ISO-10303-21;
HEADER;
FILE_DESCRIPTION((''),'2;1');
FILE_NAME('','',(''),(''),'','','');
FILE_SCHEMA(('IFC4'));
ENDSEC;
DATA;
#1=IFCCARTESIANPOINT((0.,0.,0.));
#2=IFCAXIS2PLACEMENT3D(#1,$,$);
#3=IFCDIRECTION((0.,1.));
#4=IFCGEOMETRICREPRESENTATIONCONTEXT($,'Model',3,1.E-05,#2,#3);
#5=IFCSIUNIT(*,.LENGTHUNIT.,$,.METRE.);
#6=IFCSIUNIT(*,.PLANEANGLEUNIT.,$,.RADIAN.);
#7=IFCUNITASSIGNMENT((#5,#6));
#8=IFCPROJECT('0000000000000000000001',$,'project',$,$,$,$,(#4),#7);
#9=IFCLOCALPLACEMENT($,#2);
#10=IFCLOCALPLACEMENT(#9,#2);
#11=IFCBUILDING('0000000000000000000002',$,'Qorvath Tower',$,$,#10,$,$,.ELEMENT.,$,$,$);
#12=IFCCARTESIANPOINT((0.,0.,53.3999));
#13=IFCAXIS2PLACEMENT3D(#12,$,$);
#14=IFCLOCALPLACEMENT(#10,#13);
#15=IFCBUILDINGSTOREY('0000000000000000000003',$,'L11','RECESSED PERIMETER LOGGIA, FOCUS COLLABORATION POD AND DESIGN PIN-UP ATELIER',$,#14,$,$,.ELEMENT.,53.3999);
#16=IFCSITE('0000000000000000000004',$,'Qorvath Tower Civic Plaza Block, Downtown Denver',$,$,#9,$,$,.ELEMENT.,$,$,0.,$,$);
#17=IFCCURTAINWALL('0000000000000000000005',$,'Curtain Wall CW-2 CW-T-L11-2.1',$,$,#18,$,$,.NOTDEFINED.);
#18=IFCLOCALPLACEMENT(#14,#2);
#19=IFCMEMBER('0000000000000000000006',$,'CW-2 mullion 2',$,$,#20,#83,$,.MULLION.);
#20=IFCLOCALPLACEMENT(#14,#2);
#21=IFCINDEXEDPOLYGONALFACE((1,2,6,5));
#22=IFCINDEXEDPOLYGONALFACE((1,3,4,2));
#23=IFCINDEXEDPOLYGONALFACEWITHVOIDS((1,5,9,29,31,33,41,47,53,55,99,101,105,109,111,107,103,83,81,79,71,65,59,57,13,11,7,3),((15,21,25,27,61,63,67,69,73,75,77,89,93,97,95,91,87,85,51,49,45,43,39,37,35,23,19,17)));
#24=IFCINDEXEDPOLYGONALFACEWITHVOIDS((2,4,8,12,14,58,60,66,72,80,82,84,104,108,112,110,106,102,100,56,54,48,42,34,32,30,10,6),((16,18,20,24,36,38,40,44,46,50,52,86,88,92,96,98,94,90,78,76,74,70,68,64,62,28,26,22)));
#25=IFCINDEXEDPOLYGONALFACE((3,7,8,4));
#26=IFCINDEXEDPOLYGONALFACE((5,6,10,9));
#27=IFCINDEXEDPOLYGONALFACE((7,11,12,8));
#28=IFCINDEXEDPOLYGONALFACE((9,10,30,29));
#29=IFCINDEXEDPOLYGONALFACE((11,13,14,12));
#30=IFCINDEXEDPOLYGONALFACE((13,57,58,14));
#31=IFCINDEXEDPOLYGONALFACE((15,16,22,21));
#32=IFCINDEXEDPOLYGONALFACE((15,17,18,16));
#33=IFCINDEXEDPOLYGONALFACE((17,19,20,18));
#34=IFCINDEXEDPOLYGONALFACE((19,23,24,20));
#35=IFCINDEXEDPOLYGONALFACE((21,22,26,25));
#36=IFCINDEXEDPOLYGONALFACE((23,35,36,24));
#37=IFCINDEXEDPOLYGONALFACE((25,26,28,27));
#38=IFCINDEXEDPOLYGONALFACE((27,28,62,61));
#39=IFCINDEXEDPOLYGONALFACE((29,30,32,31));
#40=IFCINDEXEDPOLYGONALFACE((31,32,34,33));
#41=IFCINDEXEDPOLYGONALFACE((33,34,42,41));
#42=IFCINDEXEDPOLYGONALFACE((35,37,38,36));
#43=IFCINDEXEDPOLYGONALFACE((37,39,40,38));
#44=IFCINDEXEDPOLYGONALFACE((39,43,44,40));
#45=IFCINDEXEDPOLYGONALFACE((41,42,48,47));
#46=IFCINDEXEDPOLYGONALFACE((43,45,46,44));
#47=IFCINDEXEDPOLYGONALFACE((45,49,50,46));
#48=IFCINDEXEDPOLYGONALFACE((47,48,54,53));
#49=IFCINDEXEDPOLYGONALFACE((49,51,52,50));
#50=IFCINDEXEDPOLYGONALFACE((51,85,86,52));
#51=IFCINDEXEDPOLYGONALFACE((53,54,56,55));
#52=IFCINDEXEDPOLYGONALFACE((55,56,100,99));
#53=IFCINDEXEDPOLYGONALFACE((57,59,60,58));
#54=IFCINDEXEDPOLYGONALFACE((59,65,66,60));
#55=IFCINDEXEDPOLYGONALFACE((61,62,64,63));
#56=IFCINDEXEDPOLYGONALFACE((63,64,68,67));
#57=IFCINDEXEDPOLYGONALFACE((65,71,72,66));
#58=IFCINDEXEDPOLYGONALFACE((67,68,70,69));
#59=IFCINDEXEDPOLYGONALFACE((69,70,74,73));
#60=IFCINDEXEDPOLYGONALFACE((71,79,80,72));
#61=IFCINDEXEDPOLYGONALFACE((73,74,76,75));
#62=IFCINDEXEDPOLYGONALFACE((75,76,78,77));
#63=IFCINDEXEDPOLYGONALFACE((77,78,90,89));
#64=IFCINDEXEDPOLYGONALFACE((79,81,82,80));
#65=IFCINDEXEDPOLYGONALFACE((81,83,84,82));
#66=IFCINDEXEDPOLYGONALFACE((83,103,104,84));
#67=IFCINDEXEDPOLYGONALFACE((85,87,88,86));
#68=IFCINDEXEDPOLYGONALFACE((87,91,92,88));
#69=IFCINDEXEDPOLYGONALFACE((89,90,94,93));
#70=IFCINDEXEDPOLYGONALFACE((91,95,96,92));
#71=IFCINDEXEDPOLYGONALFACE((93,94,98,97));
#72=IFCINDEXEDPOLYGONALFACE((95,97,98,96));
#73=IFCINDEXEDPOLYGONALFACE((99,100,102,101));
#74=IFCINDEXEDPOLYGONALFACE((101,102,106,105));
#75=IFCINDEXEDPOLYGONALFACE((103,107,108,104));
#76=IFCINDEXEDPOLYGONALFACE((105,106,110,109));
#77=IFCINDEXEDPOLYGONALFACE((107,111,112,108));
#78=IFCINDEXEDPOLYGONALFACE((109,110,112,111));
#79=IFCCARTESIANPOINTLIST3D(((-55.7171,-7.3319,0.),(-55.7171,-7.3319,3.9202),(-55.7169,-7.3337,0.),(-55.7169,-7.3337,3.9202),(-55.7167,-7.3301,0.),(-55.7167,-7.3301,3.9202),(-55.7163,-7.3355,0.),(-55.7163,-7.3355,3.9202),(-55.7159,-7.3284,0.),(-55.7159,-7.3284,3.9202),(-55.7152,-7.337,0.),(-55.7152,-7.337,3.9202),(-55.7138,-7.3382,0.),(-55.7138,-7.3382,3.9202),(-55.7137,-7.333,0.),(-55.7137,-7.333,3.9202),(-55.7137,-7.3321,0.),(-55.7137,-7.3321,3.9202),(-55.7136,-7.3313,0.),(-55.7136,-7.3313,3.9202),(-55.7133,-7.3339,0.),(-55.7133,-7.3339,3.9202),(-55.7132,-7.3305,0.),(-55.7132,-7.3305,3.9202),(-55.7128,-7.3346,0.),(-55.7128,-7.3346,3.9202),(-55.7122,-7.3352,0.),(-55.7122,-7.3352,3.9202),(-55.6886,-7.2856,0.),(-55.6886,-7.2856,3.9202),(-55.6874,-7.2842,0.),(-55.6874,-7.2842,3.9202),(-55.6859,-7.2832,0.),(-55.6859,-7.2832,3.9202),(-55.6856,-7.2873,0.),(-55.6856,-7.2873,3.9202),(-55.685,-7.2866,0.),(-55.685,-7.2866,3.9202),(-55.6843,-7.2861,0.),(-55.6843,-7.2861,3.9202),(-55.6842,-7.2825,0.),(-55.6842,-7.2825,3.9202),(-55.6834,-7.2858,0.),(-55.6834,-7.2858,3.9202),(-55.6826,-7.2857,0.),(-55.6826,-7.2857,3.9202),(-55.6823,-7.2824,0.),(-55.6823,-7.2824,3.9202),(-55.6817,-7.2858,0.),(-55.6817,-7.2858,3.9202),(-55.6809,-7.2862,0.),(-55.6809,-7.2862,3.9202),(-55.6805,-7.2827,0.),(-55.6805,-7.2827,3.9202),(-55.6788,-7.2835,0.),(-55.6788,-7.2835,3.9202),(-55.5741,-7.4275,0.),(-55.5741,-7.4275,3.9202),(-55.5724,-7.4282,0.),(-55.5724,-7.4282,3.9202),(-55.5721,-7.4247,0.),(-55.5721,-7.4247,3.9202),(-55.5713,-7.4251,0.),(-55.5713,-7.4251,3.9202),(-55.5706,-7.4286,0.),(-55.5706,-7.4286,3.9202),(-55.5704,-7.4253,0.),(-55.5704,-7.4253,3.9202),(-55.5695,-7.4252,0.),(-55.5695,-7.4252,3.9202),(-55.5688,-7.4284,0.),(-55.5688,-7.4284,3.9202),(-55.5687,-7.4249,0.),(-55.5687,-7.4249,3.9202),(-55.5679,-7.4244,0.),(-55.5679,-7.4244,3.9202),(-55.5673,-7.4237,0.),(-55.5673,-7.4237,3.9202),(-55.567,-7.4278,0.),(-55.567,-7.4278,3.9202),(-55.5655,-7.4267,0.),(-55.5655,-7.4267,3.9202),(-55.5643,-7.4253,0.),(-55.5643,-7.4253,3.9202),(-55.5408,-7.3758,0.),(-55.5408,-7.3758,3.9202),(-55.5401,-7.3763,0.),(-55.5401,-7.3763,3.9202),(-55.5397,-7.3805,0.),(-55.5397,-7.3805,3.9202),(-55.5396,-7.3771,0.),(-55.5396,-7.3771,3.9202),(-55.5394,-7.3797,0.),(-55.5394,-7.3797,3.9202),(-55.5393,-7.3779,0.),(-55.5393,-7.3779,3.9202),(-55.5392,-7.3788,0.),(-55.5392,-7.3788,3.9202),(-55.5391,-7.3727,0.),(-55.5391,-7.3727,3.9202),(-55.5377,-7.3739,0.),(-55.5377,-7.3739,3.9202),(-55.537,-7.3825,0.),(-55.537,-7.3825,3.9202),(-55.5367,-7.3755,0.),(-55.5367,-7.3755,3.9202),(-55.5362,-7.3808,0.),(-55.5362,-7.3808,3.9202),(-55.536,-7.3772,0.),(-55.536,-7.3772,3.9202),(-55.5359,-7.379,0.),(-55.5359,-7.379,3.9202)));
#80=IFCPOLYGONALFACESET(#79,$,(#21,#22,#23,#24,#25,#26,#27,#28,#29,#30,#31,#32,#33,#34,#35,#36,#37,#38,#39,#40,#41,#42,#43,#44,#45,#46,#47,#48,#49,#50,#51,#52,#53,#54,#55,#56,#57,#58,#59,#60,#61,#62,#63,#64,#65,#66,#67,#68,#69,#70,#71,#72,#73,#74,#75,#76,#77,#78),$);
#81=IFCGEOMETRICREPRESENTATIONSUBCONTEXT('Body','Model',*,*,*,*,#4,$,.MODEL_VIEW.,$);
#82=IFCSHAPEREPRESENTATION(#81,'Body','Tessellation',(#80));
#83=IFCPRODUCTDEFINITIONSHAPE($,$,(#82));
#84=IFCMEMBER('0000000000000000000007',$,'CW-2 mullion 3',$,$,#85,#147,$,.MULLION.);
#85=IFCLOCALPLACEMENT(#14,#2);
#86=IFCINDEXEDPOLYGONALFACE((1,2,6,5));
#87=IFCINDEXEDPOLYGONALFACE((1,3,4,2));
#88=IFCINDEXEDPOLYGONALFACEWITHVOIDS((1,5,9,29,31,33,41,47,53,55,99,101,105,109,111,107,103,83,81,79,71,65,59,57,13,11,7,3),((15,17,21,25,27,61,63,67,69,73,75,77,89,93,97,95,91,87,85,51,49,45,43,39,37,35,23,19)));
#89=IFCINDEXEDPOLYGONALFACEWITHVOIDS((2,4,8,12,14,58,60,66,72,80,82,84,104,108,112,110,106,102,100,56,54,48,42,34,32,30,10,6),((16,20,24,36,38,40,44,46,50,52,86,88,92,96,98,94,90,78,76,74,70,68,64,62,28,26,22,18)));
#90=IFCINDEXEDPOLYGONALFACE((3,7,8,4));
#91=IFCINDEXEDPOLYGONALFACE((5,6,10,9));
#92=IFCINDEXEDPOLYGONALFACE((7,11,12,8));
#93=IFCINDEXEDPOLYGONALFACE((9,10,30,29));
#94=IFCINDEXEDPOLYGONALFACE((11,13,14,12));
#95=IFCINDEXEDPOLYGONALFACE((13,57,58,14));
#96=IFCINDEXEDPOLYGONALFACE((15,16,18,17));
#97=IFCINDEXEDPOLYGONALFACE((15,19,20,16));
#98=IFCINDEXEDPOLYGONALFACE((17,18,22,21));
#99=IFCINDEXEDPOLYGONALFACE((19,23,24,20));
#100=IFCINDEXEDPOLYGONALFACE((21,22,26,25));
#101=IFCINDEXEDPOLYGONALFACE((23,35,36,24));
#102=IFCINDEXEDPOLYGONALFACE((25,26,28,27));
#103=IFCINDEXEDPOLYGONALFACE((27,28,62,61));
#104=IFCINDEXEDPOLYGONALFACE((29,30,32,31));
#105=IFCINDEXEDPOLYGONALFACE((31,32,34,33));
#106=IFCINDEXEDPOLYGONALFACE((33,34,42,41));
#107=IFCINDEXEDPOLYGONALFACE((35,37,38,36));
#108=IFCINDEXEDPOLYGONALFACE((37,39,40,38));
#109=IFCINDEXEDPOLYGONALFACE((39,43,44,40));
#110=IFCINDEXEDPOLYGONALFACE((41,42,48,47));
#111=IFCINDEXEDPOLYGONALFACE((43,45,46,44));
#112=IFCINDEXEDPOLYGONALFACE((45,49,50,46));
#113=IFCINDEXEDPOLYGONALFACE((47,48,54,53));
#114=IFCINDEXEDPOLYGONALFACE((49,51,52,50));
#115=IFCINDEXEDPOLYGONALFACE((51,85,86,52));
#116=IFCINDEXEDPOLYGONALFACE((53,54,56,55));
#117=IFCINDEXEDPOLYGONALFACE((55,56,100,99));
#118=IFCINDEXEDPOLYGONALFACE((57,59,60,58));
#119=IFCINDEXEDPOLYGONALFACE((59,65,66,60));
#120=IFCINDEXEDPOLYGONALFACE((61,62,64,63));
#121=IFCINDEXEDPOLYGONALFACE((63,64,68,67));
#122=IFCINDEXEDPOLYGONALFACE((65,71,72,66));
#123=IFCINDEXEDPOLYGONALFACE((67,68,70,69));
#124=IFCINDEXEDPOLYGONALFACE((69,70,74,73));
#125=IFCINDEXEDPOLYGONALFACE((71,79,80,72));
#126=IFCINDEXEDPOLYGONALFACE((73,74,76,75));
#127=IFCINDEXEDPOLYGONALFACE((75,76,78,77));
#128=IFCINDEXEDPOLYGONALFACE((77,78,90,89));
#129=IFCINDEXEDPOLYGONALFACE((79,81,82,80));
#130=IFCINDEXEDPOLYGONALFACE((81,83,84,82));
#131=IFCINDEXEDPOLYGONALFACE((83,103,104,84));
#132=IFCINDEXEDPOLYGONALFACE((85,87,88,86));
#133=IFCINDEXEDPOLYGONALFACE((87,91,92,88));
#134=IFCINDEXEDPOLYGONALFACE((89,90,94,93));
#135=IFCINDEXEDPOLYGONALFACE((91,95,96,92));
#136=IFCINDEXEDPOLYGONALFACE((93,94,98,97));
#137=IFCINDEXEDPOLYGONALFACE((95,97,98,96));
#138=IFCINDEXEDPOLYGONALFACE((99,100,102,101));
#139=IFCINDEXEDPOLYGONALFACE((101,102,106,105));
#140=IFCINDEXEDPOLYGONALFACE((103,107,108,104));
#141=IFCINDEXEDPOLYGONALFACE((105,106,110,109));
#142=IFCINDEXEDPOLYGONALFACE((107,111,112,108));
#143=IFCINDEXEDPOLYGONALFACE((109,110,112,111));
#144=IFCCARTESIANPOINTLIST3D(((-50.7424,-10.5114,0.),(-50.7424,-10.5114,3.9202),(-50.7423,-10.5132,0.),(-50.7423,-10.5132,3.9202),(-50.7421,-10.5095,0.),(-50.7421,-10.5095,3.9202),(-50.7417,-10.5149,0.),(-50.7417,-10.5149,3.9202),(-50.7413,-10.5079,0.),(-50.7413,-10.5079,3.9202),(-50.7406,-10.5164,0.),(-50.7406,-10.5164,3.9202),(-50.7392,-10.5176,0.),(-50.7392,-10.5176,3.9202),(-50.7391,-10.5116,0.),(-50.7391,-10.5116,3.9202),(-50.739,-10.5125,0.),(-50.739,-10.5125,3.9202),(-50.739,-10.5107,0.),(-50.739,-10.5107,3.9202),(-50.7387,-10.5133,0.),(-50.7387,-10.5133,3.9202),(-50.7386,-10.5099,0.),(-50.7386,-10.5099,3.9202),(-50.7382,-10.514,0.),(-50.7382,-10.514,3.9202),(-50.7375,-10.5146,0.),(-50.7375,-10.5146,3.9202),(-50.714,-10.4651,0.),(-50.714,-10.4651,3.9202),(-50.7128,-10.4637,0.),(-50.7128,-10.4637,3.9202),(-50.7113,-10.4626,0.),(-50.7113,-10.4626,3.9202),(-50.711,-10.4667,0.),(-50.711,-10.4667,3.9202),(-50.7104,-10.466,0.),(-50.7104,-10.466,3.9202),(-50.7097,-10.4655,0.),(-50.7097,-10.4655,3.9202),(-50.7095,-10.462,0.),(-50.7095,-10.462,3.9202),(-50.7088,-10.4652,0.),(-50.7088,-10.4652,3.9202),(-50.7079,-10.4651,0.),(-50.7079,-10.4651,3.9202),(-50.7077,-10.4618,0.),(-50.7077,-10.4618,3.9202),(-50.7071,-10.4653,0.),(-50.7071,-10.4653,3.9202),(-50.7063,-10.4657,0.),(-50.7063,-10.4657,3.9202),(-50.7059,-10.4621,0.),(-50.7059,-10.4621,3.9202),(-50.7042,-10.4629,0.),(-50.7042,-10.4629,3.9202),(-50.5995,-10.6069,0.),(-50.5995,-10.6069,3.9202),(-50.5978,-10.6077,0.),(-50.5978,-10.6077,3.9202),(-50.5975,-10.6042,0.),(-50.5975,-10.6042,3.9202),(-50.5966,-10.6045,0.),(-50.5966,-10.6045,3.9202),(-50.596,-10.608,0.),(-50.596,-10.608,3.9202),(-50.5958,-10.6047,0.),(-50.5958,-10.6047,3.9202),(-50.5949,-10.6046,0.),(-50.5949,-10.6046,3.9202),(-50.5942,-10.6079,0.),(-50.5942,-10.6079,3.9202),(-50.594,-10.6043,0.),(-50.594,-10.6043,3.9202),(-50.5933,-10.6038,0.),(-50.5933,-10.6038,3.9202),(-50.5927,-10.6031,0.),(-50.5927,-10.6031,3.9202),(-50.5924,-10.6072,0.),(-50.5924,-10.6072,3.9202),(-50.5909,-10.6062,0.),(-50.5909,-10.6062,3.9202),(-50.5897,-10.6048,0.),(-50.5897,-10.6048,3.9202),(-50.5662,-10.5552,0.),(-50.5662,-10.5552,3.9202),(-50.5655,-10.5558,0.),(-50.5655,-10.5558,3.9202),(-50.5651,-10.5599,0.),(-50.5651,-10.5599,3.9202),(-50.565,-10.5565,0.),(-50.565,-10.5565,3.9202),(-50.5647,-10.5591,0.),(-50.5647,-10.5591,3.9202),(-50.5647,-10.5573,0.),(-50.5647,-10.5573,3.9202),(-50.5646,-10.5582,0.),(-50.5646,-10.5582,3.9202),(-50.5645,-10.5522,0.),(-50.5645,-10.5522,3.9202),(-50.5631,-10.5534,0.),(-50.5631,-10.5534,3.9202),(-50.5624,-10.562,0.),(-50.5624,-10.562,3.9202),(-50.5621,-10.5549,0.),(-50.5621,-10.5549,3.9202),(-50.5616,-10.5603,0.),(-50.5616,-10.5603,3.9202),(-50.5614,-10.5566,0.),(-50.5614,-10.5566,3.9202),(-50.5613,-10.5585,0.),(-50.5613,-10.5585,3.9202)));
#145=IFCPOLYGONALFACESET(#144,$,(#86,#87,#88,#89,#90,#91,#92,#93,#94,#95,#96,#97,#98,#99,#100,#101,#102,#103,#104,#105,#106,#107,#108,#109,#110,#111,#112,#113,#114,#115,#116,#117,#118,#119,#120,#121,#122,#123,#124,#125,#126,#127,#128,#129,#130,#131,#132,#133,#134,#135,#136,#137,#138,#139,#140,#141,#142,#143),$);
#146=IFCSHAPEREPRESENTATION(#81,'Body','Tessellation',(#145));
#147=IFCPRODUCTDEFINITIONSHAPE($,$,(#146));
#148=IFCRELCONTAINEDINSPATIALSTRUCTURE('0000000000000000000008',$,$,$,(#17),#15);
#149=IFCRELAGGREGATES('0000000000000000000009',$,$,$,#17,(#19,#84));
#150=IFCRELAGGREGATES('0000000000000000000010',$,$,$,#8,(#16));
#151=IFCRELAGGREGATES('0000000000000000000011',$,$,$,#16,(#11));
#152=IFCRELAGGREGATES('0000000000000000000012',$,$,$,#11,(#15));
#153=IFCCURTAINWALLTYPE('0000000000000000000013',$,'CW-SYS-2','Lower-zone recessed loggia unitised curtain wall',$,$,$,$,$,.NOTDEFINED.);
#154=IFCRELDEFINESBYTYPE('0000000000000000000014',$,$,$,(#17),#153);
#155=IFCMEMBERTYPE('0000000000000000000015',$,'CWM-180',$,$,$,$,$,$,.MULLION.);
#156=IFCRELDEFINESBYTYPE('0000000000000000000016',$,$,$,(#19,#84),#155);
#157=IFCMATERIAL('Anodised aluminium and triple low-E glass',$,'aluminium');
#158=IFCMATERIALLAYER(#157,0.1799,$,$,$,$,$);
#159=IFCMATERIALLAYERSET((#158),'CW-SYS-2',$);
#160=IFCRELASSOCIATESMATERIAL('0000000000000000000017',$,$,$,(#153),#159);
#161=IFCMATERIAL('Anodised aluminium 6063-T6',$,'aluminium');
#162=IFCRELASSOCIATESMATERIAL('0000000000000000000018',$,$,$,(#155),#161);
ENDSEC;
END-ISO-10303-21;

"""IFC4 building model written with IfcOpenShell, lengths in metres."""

from ifc_helpers import new_model, si_unit, direction, frame, origin, origin_2d, place, context, subcontext, project, spatial, hollow_rectangle, extrude, material, layer, layer_set, material_profile, profile_set, type_object, element, aggregate, save


model = new_model("IFC4")

# Units and contexts
model_context = context("Model", 3, precision=1e-05, world=origin(), true_north=direction((0.0, 1.0)))
body_context = subcontext(model_context, "Body", "Model", "MODEL_VIEW")
ifc_project = project(units=[si_unit("LENGTHUNIT", "METRE"), si_unit("PLANEANGLEUNIT", "RADIAN")], contexts=[model_context])

# Site, building, storey
site_placement = place(None, origin())
site = spatial("IfcSite", under=ifc_project, at=site_placement, Name="Qorvath Tower Civic Plaza Block, Downtown Denver", CompositionType="ELEMENT", RefElevation=0.0)
building_placement = place(site_placement, origin())
building = spatial("IfcBuilding", under=site, at=building_placement, Name="Qorvath Tower", CompositionType="ELEMENT")
storey_placement = place(building_placement, frame((0.0, 0.0, 53.3999)))
storey = spatial("IfcBuildingStorey", under=building, at=storey_placement, Name="L11", Description="RECESSED PERIMETER LOGGIA, FOCUS COLLABORATION POD AND DESIGN PIN-UP ATELIER", CompositionType="ELEMENT", Elevation=53.3999)

# Curtain wall, members
ifc_material_1 = material(Name="Anodised aluminium and triple low-E glass", Category="aluminium")
ifc_layer_1 = layer(ifc_material_1, 0.1799)
ifc_layer_set_1 = layer_set([ifc_layer_1], Name="CW-SYS-2")
curtain_wall_type = type_object("IfcCurtainWallType", Name="CW-SYS-2", Description="Lower-zone recessed loggia unitised curtain wall", PredefinedType="NOTDEFINED", material=ifc_layer_set_1)
curtain_wall_1_placement = place(storey_placement, origin())
curtain_wall_1 = element("IfcCurtainWall", 1, at=curtain_wall_1_placement, inside=storey, type_object=curtain_wall_type, Name="Curtain Wall CW-2 CW-T-L11-2.1", PredefinedType="NOTDEFINED")
ifc_material_2 = material(Name="Anodised aluminium 6063-T6", Category="aluminium")
ifc_material_profile_1 = material_profile(ifc_material_2, hollow_rectangle(XDim=0.0649, YDim=0.1799, WallThickness=0.0034, InnerFilletRadius=0.0034, OuterFilletRadius=0.0071, at=origin_2d()), Name="CWM 180x65")
ifc_profile_set_1 = profile_set([ifc_material_profile_1], Name="Anodised aluminium 6063-T6")
member_type_1 = type_object("IfcMemberType", Name="CWM-180", PredefinedType="MULLION", material=ifc_profile_set_1)
member_1_placement = place(storey_placement, frame((-55.6265, -7.3555, 0.0), z_axis=(0.0, 0.0, 1.0), x_axis=(0.538532, 0.842605, 0.0)))
member_1 = element("IfcMember", 2, at=member_1_placement, type_object=member_type_1, Name="CW-2 mullion 2", PredefinedType="MULLION", context=body_context, shape_type="SweptSolid", body=[
    extrude(hollow_rectangle(XDim=0.0649, YDim=0.1799, WallThickness=0.0034, InnerFilletRadius=0.0034, OuterFilletRadius=0.0071, at=origin_2d()), origin(), (0.0, 0.0, 1.0), 3.9202),
])
member_2_placement = place(storey_placement, frame((-50.6519, -10.5349, 0.0), z_axis=(0.0, 0.0, 1.0), x_axis=(0.538532, 0.842605, 0.0)))
member_2 = element("IfcMember", 3, at=member_2_placement, type_object=member_type_1, Name="CW-2 mullion 3", PredefinedType="MULLION", context=body_context, shape_type="SweptSolid", body=[
    extrude(hollow_rectangle(XDim=0.0649, YDim=0.1799, WallThickness=0.0034, InnerFilletRadius=0.0034, OuterFilletRadius=0.0071, at=origin_2d()), origin(), (0.0, 0.0, 1.0), 3.9202),
])

aggregate(curtain_wall_1, [member_1, member_2])

save(model, "model.ifc")
